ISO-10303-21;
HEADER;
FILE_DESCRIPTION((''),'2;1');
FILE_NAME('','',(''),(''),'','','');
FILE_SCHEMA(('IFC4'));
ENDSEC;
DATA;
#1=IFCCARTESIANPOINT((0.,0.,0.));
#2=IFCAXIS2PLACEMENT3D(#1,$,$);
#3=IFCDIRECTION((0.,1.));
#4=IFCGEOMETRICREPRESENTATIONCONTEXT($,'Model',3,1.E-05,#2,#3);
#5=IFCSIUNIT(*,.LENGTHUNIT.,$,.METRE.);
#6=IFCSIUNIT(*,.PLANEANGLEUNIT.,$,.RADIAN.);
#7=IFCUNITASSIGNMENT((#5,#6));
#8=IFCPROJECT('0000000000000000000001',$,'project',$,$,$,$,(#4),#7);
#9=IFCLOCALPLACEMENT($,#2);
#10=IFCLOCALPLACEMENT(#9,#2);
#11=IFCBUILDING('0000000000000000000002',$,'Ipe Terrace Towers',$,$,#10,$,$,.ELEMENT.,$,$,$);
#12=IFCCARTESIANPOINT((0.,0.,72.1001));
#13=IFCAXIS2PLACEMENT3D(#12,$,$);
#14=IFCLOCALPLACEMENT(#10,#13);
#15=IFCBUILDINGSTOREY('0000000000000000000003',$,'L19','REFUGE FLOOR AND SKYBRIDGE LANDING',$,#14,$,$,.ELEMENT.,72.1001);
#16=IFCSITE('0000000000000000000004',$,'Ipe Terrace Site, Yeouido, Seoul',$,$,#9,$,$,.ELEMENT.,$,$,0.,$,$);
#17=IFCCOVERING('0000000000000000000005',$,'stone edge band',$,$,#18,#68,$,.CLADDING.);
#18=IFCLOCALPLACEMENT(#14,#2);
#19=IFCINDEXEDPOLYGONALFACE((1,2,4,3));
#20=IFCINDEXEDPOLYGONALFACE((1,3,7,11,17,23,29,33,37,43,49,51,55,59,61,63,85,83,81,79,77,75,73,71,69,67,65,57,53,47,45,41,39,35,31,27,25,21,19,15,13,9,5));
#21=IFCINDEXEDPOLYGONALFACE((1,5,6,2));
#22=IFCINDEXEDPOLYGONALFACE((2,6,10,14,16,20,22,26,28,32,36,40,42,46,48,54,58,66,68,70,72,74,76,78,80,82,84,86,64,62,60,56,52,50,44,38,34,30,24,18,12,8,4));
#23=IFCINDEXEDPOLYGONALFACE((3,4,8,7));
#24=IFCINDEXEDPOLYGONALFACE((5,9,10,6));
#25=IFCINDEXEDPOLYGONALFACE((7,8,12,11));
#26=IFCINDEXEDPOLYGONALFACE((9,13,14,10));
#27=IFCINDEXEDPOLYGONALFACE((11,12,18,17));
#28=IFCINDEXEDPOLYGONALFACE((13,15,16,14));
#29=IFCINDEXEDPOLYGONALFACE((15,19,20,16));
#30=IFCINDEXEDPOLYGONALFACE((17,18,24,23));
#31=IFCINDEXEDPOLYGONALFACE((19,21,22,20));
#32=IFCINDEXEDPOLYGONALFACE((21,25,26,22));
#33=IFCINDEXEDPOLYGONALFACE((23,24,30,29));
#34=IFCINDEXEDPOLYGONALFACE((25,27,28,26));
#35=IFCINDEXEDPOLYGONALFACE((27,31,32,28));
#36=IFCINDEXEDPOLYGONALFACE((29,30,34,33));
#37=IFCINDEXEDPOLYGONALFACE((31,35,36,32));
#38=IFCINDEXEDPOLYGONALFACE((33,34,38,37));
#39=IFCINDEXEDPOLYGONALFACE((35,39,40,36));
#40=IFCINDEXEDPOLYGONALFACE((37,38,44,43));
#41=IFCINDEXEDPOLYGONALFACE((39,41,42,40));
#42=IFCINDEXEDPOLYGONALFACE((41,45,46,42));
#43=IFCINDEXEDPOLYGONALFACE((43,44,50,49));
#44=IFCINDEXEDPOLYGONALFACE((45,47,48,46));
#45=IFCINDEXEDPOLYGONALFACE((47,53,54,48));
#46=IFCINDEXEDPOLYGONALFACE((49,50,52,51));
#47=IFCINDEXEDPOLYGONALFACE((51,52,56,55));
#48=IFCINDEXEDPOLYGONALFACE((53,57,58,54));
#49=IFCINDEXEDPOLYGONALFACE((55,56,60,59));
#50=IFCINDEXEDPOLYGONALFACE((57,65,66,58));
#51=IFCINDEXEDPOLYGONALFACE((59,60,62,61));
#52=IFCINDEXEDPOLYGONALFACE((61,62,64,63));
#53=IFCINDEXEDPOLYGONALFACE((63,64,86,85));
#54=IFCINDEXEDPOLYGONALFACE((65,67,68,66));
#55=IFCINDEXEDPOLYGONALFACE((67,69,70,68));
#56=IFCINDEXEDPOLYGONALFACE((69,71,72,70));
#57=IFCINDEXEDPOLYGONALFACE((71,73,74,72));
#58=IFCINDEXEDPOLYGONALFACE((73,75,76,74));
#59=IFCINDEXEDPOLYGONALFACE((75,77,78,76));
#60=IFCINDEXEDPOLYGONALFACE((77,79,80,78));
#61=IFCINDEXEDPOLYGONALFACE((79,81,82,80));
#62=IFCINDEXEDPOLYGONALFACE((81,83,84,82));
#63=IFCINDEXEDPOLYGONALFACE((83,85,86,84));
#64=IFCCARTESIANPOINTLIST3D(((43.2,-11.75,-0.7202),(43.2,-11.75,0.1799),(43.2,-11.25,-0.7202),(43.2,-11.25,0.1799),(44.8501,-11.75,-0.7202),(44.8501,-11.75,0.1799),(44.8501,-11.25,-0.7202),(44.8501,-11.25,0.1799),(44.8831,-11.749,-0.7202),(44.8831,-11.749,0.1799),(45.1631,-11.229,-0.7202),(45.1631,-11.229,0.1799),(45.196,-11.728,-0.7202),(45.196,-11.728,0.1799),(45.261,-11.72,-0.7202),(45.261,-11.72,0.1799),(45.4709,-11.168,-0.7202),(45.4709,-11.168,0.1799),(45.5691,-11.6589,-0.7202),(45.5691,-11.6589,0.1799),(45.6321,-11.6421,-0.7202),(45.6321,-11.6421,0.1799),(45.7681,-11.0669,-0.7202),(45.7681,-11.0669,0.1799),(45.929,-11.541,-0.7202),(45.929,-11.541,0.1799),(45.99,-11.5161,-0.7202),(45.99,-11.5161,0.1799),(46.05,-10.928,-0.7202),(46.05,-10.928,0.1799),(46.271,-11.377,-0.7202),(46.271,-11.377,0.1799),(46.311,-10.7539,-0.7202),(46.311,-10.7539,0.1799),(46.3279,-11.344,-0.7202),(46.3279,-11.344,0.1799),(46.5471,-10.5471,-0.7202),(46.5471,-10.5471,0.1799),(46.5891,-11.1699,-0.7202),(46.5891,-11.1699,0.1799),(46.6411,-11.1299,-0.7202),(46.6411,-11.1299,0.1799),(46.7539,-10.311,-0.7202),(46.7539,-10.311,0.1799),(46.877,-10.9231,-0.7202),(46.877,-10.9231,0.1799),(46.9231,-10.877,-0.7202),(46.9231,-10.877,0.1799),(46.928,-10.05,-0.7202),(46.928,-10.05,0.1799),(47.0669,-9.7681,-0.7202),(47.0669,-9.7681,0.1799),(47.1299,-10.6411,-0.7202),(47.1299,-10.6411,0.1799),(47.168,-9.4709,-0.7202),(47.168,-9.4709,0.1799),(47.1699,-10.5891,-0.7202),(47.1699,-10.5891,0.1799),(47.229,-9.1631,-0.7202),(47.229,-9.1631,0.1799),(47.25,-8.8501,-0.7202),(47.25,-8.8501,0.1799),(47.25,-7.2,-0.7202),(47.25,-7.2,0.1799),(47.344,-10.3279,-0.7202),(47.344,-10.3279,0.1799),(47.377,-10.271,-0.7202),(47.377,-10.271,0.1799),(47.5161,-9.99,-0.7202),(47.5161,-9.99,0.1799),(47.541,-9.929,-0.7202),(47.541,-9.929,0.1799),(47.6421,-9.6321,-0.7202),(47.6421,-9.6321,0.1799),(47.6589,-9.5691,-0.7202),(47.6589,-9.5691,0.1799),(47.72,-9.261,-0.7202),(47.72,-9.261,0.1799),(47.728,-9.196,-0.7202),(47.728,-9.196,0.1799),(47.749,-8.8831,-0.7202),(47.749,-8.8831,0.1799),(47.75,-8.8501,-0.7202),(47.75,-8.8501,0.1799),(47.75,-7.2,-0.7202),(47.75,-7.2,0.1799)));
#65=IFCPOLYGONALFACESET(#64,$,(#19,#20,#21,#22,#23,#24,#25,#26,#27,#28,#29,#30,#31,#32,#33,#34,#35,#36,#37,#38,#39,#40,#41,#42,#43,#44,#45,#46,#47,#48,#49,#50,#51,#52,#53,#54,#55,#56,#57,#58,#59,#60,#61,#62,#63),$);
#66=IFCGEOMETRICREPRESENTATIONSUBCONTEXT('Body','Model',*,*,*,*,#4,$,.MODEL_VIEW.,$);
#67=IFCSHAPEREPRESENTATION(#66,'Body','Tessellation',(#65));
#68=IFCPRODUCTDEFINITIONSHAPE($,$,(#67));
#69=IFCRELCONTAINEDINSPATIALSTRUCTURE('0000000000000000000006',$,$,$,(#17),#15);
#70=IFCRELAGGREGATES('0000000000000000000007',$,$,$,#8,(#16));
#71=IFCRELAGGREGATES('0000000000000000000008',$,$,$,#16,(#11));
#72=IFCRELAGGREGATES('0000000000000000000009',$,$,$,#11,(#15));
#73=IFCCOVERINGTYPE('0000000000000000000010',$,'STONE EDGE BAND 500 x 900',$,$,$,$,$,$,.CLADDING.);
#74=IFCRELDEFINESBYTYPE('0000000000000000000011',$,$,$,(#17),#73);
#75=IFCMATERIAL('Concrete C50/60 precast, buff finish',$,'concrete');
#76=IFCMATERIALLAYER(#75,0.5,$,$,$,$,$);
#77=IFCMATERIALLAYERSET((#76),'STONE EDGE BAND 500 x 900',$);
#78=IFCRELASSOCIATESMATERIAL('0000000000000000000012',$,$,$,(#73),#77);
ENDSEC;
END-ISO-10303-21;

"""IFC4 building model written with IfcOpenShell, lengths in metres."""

from ifc_helpers import new_model, si_unit, direction, frame, origin, place, context, subcontext, project, spatial, polyline, outline, extrude, material, layer, layer_set, type_object, element, save


model = new_model("IFC4")

# Units and contexts
model_context = context("Model", 3, precision=1e-05, world=origin(), true_north=direction((0.0, 1.0)))
body_context = subcontext(model_context, "Body", "Model", "MODEL_VIEW")
ifc_project = project(units=[si_unit("LENGTHUNIT", "METRE"), si_unit("PLANEANGLEUNIT", "RADIAN")], contexts=[model_context])

# Site, building, storey
site_placement = place(None, origin())
site = spatial("IfcSite", under=ifc_project, at=site_placement, Name="Ipe Terrace Site, Yeouido, Seoul", CompositionType="ELEMENT", RefElevation=0.0)
building_placement = place(site_placement, origin())
building = spatial("IfcBuilding", under=site, at=building_placement, Name="Ipe Terrace Towers", CompositionType="ELEMENT")
storey_placement = place(building_placement, frame((0.0, 0.0, 72.1001)))
storey = spatial("IfcBuildingStorey", under=building, at=storey_placement, Name="L19", Description="REFUGE FLOOR AND SKYBRIDGE LANDING", CompositionType="ELEMENT", Elevation=72.1001)

# Covering
ifc_material_1 = material(Name="Concrete C50/60 precast, buff finish", Category="concrete")
ifc_layer_1 = layer(ifc_material_1, 0.5)
ifc_layer_set_1 = layer_set([ifc_layer_1], Name="STONE EDGE BAND 500 x 900")
covering_type = type_object("IfcCoveringType", Name="STONE EDGE BAND 500 x 900", PredefinedType="CLADDING", material=ifc_layer_set_1)
covering_1_placement = place(storey_placement, frame((0.0, 0.0, -0.7202)))
element("IfcCovering", 1, at=covering_1_placement, inside=storey, type_object=covering_type, Name="stone edge band", PredefinedType="CLADDING", context=body_context, shape_type="SweptSolid", body=[
    extrude(outline(polyline([(47.75, -8.8501), (47.75, -7.2), (47.25, -7.2), (47.25, -8.8501), (47.229, -9.1631), (47.168, -9.4709), (47.0669, -9.7681), (46.928, -10.05), (46.7539, -10.311), (46.5471, -10.5471), (46.311, -10.7539), (46.05, -10.928), (45.7681, -11.0669), (45.4709, -11.168), (45.1631, -11.229), (44.8501, -11.25), (43.2, -11.25), (43.2, -11.75), (44.8501, -11.75), (44.8831, -11.749), (45.196, -11.728), (45.261, -11.72), (45.5691, -11.6589), (45.6321, -11.6421), (45.929, -11.541), (45.99, -11.5161), (46.271, -11.377), (46.3279, -11.344), (46.5891, -11.1699), (46.6411, -11.1299), (46.877, -10.9231), (46.9231, -10.877), (47.1299, -10.6411), (47.1699, -10.5891), (47.344, -10.3279), (47.377, -10.271), (47.5161, -9.99), (47.541, -9.929), (47.6421, -9.6321), (47.6589, -9.5691), (47.72, -9.261), (47.728, -9.196), (47.749, -8.8831), (47.75, -8.8501)])), origin(), (0.0, 0.0, 1.0), 0.9001),
])

save(model, "model.ifc")
